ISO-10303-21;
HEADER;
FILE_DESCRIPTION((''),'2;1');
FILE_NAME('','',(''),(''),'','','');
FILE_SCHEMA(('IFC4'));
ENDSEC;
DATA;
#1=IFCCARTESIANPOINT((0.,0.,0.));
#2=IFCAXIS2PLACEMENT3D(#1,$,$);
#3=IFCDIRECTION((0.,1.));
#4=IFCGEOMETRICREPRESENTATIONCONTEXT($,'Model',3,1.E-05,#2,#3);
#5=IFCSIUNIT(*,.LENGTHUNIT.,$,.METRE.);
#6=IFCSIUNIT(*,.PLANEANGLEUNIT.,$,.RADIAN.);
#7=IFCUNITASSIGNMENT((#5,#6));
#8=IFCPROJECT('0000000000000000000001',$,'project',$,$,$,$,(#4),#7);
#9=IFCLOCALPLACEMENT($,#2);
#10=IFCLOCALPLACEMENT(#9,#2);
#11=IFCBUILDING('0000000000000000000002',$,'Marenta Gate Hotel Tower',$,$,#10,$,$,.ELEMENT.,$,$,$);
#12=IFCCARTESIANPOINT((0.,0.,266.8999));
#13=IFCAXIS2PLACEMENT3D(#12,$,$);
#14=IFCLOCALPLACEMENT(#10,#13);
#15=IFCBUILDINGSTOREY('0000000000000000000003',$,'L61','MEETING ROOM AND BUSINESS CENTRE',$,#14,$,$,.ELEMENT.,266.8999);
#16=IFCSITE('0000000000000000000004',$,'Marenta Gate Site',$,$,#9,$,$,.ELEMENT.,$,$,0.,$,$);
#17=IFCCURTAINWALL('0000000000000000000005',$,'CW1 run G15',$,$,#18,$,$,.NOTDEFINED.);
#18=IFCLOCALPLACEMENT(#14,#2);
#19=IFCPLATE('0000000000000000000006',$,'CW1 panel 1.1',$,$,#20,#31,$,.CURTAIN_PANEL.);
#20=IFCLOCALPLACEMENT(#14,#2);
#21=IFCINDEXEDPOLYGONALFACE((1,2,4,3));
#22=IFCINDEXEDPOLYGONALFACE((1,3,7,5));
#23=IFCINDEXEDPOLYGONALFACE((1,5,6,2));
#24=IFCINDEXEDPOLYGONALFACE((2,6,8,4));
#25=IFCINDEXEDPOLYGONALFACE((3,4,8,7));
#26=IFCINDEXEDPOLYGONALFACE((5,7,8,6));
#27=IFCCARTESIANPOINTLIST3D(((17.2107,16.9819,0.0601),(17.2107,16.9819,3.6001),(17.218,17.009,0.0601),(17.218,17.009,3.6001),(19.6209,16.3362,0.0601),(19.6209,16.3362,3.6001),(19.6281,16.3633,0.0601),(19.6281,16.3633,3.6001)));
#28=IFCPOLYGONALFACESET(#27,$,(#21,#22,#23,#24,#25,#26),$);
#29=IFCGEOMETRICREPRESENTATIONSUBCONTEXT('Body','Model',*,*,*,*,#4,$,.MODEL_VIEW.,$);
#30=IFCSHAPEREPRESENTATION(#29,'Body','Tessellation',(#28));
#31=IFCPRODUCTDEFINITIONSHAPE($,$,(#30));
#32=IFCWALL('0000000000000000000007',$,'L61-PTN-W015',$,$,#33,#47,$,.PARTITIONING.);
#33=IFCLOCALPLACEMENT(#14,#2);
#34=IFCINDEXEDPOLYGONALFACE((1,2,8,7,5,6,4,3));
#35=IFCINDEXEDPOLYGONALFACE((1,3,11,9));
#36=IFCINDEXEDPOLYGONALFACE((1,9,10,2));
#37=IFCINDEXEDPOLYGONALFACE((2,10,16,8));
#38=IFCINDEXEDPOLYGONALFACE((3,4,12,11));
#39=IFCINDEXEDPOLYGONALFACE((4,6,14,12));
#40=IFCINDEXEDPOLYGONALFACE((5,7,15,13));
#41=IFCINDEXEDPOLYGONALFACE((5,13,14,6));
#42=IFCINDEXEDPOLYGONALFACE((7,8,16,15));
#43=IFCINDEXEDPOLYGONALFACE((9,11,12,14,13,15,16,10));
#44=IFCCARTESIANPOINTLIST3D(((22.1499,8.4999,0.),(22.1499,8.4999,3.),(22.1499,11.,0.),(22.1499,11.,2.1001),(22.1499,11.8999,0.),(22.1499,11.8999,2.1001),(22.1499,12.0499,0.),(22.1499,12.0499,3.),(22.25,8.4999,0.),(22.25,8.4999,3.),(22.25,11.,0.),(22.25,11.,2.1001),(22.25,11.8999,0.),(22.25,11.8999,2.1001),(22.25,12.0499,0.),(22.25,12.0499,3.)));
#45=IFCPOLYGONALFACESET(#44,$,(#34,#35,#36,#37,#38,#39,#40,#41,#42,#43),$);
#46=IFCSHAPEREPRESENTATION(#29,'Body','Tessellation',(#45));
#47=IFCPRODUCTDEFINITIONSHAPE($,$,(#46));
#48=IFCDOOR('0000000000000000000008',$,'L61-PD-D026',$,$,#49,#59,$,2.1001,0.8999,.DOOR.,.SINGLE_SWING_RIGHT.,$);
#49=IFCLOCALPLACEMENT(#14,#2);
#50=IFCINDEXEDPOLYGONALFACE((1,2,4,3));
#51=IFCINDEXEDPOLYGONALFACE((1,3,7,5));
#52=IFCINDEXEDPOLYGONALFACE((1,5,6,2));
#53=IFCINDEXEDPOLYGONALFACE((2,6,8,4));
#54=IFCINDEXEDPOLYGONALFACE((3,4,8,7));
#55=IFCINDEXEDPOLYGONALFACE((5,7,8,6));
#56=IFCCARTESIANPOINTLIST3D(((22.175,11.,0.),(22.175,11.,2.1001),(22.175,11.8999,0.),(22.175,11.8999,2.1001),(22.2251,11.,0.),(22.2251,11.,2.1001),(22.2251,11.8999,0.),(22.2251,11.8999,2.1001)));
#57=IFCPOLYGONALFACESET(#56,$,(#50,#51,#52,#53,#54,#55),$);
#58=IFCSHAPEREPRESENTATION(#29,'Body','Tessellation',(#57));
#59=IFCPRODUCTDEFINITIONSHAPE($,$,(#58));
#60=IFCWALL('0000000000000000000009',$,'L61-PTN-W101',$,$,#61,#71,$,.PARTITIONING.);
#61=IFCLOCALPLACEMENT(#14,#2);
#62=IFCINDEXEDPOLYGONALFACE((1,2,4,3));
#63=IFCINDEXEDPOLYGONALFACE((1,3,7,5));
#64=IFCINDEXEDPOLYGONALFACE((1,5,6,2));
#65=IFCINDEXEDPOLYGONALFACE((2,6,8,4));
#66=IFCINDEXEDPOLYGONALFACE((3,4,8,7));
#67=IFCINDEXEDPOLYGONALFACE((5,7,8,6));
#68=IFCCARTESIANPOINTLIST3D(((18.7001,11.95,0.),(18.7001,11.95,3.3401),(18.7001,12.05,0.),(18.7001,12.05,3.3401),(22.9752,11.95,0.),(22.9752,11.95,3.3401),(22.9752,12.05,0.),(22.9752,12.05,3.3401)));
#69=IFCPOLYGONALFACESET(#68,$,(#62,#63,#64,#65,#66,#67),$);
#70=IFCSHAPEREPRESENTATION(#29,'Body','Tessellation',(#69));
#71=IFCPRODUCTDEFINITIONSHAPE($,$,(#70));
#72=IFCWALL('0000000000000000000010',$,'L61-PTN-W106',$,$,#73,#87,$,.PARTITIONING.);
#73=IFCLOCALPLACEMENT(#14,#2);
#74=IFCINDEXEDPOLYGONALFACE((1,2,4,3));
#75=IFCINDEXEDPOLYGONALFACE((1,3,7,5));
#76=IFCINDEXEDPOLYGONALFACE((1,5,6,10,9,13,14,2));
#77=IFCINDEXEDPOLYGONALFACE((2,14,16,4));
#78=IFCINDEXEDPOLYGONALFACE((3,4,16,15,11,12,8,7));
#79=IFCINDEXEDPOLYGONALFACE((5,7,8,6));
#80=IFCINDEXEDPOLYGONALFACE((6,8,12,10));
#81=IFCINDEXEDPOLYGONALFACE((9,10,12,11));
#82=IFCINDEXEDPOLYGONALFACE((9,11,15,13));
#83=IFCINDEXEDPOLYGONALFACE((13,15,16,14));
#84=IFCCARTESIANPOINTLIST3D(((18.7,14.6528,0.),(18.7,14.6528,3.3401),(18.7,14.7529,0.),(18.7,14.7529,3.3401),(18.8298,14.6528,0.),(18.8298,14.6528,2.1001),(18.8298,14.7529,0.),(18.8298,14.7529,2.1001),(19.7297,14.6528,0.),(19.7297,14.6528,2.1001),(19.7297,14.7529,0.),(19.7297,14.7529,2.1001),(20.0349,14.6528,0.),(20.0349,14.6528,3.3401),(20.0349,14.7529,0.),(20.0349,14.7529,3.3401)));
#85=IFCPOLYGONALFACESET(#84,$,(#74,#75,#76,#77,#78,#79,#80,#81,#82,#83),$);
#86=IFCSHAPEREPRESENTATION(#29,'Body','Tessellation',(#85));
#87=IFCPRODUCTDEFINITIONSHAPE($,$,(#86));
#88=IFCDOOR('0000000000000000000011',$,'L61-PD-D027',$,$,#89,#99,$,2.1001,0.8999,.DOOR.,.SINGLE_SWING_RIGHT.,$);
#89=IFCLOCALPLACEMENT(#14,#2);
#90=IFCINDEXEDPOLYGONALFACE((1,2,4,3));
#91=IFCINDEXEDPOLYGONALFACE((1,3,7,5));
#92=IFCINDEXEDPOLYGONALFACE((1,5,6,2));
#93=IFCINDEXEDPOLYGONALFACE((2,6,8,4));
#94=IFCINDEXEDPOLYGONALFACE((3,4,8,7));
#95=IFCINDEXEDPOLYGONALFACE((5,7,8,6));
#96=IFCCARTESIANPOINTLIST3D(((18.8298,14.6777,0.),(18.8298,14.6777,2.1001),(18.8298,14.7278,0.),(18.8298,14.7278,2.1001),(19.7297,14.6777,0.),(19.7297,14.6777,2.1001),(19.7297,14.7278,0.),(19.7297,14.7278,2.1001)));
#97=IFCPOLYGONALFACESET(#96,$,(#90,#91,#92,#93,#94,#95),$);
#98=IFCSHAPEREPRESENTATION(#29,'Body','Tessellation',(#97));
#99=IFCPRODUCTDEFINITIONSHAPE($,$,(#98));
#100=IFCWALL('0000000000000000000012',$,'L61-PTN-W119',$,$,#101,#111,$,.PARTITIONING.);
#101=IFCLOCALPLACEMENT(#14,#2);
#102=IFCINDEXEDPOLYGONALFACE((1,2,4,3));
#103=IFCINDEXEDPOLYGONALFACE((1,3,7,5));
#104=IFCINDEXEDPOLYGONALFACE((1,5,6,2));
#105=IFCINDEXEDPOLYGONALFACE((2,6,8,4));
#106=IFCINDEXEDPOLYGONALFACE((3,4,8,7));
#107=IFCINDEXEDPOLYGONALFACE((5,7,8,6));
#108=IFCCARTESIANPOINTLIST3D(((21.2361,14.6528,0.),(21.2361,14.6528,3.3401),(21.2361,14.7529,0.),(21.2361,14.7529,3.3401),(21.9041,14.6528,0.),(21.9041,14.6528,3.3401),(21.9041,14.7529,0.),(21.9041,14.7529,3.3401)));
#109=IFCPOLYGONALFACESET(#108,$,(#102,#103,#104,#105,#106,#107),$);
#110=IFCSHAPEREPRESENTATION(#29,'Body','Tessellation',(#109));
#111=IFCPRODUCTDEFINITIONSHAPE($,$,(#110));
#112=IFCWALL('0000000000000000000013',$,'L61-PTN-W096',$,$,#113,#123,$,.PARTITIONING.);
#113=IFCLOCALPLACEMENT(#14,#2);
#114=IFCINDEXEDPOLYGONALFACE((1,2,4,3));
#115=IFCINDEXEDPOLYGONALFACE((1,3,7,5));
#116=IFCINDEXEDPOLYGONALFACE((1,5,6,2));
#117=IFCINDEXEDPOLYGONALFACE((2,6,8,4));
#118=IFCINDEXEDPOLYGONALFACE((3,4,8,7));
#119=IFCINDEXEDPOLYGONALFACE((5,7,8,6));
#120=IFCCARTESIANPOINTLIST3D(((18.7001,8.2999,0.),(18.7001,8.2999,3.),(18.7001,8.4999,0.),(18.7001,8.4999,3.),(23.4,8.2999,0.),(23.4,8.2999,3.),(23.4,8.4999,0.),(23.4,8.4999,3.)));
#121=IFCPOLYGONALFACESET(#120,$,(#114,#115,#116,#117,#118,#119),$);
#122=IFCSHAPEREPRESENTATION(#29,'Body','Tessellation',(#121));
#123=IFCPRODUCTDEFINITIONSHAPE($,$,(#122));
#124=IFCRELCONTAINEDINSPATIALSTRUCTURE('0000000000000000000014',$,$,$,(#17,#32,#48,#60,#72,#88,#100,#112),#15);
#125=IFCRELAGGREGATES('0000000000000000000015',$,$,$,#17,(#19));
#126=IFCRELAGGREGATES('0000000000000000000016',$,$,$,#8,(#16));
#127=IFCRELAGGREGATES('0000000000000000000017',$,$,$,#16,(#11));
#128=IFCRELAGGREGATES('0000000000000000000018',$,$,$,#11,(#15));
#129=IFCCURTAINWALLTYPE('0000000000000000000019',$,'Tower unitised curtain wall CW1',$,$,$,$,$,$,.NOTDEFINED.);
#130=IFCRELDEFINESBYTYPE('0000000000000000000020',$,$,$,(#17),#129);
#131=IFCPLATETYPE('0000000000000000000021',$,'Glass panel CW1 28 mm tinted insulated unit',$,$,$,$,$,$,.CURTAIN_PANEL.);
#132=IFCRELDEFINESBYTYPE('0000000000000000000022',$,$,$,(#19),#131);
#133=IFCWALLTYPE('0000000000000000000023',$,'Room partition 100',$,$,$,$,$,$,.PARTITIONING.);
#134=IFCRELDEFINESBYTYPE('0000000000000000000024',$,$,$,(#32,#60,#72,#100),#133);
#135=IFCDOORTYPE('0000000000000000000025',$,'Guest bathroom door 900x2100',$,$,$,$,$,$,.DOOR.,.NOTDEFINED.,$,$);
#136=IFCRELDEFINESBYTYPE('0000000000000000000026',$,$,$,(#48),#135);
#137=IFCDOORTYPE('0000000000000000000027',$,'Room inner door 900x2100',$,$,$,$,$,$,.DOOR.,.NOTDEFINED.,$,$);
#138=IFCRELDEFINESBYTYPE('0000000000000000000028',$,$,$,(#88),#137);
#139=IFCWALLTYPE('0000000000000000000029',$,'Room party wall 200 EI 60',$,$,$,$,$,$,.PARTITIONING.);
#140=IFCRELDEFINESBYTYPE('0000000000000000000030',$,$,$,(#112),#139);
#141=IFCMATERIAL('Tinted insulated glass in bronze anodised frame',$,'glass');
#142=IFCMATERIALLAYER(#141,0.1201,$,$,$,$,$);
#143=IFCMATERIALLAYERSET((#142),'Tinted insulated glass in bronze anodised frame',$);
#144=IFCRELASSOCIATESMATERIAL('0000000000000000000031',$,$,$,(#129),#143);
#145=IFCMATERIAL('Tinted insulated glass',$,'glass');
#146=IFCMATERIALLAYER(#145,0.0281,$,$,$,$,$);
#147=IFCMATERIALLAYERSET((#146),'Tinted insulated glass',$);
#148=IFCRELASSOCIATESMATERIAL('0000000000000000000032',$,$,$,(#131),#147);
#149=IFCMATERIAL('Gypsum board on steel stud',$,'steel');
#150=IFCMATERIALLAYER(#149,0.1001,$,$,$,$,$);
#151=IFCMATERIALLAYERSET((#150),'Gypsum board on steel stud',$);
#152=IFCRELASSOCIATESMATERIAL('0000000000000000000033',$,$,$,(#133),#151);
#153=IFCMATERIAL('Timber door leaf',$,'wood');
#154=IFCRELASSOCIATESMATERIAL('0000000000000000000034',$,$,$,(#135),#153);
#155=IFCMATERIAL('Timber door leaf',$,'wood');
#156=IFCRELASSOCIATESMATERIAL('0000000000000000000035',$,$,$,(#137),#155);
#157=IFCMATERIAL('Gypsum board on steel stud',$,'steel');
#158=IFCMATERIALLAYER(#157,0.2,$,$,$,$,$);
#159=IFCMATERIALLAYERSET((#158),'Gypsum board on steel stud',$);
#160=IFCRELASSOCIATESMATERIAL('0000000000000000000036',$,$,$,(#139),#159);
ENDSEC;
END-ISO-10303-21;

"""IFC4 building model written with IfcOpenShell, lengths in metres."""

from ifc_helpers import new_model, si_unit, direction, frame, frame_2d, origin, origin_2d, place, context, subcontext, project, spatial, rectangle, extrude, material, layer, layer_set, type_object, element, fill, aggregate, save


model = new_model("IFC4")

# Units and contexts
model_context = context("Model", 3, precision=1e-05, world=origin(), true_north=direction((0.0, 1.0)))
body_context = subcontext(model_context, "Body", "Model", "MODEL_VIEW")
ifc_project = project(units=[si_unit("LENGTHUNIT", "METRE"), si_unit("PLANEANGLEUNIT", "RADIAN")], contexts=[model_context])

# Site, building, storey
site_placement = place(None, origin())
site = spatial("IfcSite", under=ifc_project, at=site_placement, Name="Marenta Gate Site", CompositionType="ELEMENT", RefElevation=0.0)
building_placement = place(site_placement, origin())
building = spatial("IfcBuilding", under=site, at=building_placement, Name="Marenta Gate Hotel Tower", CompositionType="ELEMENT")
storey_placement = place(building_placement, frame((0.0, 0.0, 266.8999)))
storey = spatial("IfcBuildingStorey", under=building, at=storey_placement, Name="L61", Description="MEETING ROOM AND BUSINESS CENTRE", CompositionType="ELEMENT", Elevation=266.8999)

# Shared definitions
ifc_material_1 = material(Name="Tinted insulated glass in bronze anodised frame", Category="glass")
ifc_layer_1 = layer(ifc_material_1, 0.1201)
ifc_layer_set_1 = layer_set([ifc_layer_1], Name="Tinted insulated glass in bronze anodised frame")
curtain_wall_type = type_object("IfcCurtainWallType", Name="Tower unitised curtain wall CW1", PredefinedType="NOTDEFINED", material=ifc_layer_set_1)

# Curtain wall
curtain_wall_1_placement = place(storey_placement, origin())
curtain_wall_1 = element("IfcCurtainWall", 1, at=curtain_wall_1_placement, inside=storey, type_object=curtain_wall_type, Name="CW1 run G15", PredefinedType="NOTDEFINED")

# Plate
ifc_material_2 = material(Name="Tinted insulated glass", Category="glass")
ifc_layer_2 = layer(ifc_material_2, 0.0281)
ifc_layer_set_2 = layer_set([ifc_layer_2], Name="Tinted insulated glass")
plate_type = type_object("IfcPlateType", Name="Glass panel CW1 28 mm tinted insulated unit", PredefinedType="CURTAIN_PANEL", material=ifc_layer_set_2)
plate_1_placement = place(storey_placement, frame((18.4194, 16.6726, 0.0601), z_axis=(0.0, 0.0, 1.0), x_axis=(-0.96593, 0.258805, 0.0)))
plate_1 = element("IfcPlate", 2, at=plate_1_placement, type_object=plate_type, Name="CW1 panel 1.1", PredefinedType="CURTAIN_PANEL", context=body_context, shape_type="SweptSolid", body=[
    extrude(rectangle(XDim=2.4951, YDim=0.0281, at=origin_2d()), origin(), (0.0, 0.0, 1.0), 3.54),
])
aggregate(curtain_wall_1, [plate_1])

# Wall, opening, door
ifc_material_3 = material(Name="Gypsum board on steel stud", Category="steel")
ifc_layer_3 = layer(ifc_material_3, 0.1001)
ifc_layer_set_3 = layer_set([ifc_layer_3], Name="Gypsum board on steel stud")
wall_type_1 = type_object("IfcWallType", Name="Room partition 100", PredefinedType="PARTITIONING", material=ifc_layer_set_3)
wall_1_placement = place(storey_placement, frame((22.2, 8.5, 0.0), z_axis=(0.0, 0.0, 1.0), x_axis=(0.0, 1.0, 0.0)))
wall_1 = element("IfcWall", 3, at=wall_1_placement, inside=storey, type_object=wall_type_1, Name="L61-PTN-W015", PredefinedType="PARTITIONING", context=body_context, shape_type="SweptSolid", body=[
    extrude(rectangle(XDim=3.55, YDim=0.1001, at=frame_2d((1.7749, 0.0))), origin(), (0.0, 0.0, 1.0), 3.0),
])
opening_1_placement = place(wall_1_placement, frame((2.5, 0.0, 0.0)))
opening_1 = element("IfcOpeningElement", 4, at=opening_1_placement, cuts=wall_1, PredefinedType="OPENING", context=body_context, shape_type="SweptSolid", body=[
    extrude(rectangle(XDim=0.8999, YDim=2.1001, at=frame_2d((0.45, 1.05))), frame((0.0, 0.05, 0.0), z_axis=(0.0, -1.0, 0.0), x_axis=(1.0, 0.0, 0.0)), (0.0, 0.0, 1.0), 0.1001),
])
ifc_material_4 = material(Name="Timber door leaf", Category="wood")
door_type_1 = type_object("IfcDoorType", Name="Guest bathroom door 900x2100", OperationType="NOTDEFINED", PredefinedType="DOOR", material=ifc_material_4)
door_1_placement = place(opening_1_placement, origin())
door_1 = element("IfcDoor", 5, at=door_1_placement, inside=storey, type_object=door_type_1, Name="L61-PD-D026", OperationType="SINGLE_SWING_RIGHT", OverallHeight=2.1001, OverallWidth=0.8999, PredefinedType="DOOR", context=body_context, shape_type="SweptSolid", body=[
    extrude(rectangle(XDim=0.8999, YDim=2.1001, at=frame_2d((0.45, 1.05))), frame((0.0, 0.0249, 0.0), z_axis=(0.0, -1.0, 0.0), x_axis=(1.0, 0.0, 0.0)), (0.0, 0.0, 1.0), 0.05),
])
fill(opening_1, door_1)

# Wall
wall_2_placement = place(storey_placement, frame((18.7, 12.0, 0.0), z_axis=(0.0, 0.0, 1.0), x_axis=(1.0, 0.0, 0.0)))
element("IfcWall", 6, at=wall_2_placement, inside=storey, type_object=wall_type_1, Name="L61-PTN-W101", PredefinedType="PARTITIONING", context=body_context, shape_type="SweptSolid", body=[
    extrude(rectangle(XDim=4.2751, YDim=0.1001, at=frame_2d((2.1377, 0.0))), origin(), (0.0, 0.0, 1.0), 3.3401),
])

# Wall, opening, door
wall_3_placement = place(storey_placement, frame((18.7, 14.7029, 0.0), z_axis=(0.0, 0.0, 1.0), x_axis=(1.0, 0.0, 0.0)))
wall_3 = element("IfcWall", 7, at=wall_3_placement, inside=storey, type_object=wall_type_1, Name="L61-PTN-W106", PredefinedType="PARTITIONING", context=body_context, shape_type="SweptSolid", body=[
    extrude(rectangle(XDim=1.335, YDim=0.1001, at=frame_2d((0.6675, 0.0))), origin(), (0.0, 0.0, 1.0), 3.3401),
])
opening_2_placement = place(wall_3_placement, frame((0.1299, 0.0, 0.0)))
opening_2 = element("IfcOpeningElement", 8, at=opening_2_placement, cuts=wall_3, PredefinedType="OPENING", context=body_context, shape_type="SweptSolid", body=[
    extrude(rectangle(XDim=0.8999, YDim=2.1001, at=frame_2d((0.45, 1.05))), frame((0.0, 0.05, 0.0), z_axis=(0.0, -1.0, 0.0), x_axis=(1.0, 0.0, 0.0)), (0.0, 0.0, 1.0), 0.1001),
])
ifc_material_5 = material(Name="Timber door leaf", Category="wood")
door_type_2 = type_object("IfcDoorType", Name="Room inner door 900x2100", OperationType="NOTDEFINED", PredefinedType="DOOR", material=ifc_material_5)
door_2_placement = place(opening_2_placement, origin())
door_2 = element("IfcDoor", 9, at=door_2_placement, inside=storey, type_object=door_type_2, Name="L61-PD-D027", OperationType="SINGLE_SWING_RIGHT", OverallHeight=2.1001, OverallWidth=0.8999, PredefinedType="DOOR", context=body_context, shape_type="SweptSolid", body=[
    extrude(rectangle(XDim=0.8999, YDim=2.1001, at=frame_2d((0.45, 1.05))), frame((0.0, 0.0249, 0.0), z_axis=(0.0, -1.0, 0.0), x_axis=(1.0, 0.0, 0.0)), (0.0, 0.0, 1.0), 0.05),
])
fill(opening_2, door_2)

# Walls
wall_4_placement = place(storey_placement, frame((21.2361, 14.7029, 0.0), z_axis=(0.0, 0.0, 1.0), x_axis=(1.0, 0.0, 0.0)))
element("IfcWall", 10, at=wall_4_placement, inside=storey, type_object=wall_type_1, Name="L61-PTN-W119", PredefinedType="PARTITIONING", context=body_context, shape_type="SweptSolid", body=[
    extrude(rectangle(XDim=0.668, YDim=0.1001, at=frame_2d((0.334, 0.0))), origin(), (0.0, 0.0, 1.0), 3.3401),
])
ifc_material_6 = material(Name="Gypsum board on steel stud", Category="steel")
ifc_layer_4 = layer(ifc_material_6, 0.2)
ifc_layer_set_4 = layer_set([ifc_layer_4], Name="Gypsum board on steel stud")
wall_type_2 = type_object("IfcWallType", Name="Room party wall 200 EI 60", PredefinedType="PARTITIONING", material=ifc_layer_set_4)
wall_5_placement = place(storey_placement, frame((18.7, 8.3999, 0.0), z_axis=(0.0, 0.0, 1.0), x_axis=(1.0, 0.0, 0.0)))
element("IfcWall", 11, at=wall_5_placement, inside=storey, type_object=wall_type_2, Name="L61-PTN-W096", PredefinedType="PARTITIONING", context=body_context, shape_type="SweptSolid", body=[
    extrude(rectangle(XDim=4.7, YDim=0.2, at=frame_2d((2.3501, 0.0))), origin(), (0.0, 0.0, 1.0), 3.0),
])

save(model, "model.ifc")
